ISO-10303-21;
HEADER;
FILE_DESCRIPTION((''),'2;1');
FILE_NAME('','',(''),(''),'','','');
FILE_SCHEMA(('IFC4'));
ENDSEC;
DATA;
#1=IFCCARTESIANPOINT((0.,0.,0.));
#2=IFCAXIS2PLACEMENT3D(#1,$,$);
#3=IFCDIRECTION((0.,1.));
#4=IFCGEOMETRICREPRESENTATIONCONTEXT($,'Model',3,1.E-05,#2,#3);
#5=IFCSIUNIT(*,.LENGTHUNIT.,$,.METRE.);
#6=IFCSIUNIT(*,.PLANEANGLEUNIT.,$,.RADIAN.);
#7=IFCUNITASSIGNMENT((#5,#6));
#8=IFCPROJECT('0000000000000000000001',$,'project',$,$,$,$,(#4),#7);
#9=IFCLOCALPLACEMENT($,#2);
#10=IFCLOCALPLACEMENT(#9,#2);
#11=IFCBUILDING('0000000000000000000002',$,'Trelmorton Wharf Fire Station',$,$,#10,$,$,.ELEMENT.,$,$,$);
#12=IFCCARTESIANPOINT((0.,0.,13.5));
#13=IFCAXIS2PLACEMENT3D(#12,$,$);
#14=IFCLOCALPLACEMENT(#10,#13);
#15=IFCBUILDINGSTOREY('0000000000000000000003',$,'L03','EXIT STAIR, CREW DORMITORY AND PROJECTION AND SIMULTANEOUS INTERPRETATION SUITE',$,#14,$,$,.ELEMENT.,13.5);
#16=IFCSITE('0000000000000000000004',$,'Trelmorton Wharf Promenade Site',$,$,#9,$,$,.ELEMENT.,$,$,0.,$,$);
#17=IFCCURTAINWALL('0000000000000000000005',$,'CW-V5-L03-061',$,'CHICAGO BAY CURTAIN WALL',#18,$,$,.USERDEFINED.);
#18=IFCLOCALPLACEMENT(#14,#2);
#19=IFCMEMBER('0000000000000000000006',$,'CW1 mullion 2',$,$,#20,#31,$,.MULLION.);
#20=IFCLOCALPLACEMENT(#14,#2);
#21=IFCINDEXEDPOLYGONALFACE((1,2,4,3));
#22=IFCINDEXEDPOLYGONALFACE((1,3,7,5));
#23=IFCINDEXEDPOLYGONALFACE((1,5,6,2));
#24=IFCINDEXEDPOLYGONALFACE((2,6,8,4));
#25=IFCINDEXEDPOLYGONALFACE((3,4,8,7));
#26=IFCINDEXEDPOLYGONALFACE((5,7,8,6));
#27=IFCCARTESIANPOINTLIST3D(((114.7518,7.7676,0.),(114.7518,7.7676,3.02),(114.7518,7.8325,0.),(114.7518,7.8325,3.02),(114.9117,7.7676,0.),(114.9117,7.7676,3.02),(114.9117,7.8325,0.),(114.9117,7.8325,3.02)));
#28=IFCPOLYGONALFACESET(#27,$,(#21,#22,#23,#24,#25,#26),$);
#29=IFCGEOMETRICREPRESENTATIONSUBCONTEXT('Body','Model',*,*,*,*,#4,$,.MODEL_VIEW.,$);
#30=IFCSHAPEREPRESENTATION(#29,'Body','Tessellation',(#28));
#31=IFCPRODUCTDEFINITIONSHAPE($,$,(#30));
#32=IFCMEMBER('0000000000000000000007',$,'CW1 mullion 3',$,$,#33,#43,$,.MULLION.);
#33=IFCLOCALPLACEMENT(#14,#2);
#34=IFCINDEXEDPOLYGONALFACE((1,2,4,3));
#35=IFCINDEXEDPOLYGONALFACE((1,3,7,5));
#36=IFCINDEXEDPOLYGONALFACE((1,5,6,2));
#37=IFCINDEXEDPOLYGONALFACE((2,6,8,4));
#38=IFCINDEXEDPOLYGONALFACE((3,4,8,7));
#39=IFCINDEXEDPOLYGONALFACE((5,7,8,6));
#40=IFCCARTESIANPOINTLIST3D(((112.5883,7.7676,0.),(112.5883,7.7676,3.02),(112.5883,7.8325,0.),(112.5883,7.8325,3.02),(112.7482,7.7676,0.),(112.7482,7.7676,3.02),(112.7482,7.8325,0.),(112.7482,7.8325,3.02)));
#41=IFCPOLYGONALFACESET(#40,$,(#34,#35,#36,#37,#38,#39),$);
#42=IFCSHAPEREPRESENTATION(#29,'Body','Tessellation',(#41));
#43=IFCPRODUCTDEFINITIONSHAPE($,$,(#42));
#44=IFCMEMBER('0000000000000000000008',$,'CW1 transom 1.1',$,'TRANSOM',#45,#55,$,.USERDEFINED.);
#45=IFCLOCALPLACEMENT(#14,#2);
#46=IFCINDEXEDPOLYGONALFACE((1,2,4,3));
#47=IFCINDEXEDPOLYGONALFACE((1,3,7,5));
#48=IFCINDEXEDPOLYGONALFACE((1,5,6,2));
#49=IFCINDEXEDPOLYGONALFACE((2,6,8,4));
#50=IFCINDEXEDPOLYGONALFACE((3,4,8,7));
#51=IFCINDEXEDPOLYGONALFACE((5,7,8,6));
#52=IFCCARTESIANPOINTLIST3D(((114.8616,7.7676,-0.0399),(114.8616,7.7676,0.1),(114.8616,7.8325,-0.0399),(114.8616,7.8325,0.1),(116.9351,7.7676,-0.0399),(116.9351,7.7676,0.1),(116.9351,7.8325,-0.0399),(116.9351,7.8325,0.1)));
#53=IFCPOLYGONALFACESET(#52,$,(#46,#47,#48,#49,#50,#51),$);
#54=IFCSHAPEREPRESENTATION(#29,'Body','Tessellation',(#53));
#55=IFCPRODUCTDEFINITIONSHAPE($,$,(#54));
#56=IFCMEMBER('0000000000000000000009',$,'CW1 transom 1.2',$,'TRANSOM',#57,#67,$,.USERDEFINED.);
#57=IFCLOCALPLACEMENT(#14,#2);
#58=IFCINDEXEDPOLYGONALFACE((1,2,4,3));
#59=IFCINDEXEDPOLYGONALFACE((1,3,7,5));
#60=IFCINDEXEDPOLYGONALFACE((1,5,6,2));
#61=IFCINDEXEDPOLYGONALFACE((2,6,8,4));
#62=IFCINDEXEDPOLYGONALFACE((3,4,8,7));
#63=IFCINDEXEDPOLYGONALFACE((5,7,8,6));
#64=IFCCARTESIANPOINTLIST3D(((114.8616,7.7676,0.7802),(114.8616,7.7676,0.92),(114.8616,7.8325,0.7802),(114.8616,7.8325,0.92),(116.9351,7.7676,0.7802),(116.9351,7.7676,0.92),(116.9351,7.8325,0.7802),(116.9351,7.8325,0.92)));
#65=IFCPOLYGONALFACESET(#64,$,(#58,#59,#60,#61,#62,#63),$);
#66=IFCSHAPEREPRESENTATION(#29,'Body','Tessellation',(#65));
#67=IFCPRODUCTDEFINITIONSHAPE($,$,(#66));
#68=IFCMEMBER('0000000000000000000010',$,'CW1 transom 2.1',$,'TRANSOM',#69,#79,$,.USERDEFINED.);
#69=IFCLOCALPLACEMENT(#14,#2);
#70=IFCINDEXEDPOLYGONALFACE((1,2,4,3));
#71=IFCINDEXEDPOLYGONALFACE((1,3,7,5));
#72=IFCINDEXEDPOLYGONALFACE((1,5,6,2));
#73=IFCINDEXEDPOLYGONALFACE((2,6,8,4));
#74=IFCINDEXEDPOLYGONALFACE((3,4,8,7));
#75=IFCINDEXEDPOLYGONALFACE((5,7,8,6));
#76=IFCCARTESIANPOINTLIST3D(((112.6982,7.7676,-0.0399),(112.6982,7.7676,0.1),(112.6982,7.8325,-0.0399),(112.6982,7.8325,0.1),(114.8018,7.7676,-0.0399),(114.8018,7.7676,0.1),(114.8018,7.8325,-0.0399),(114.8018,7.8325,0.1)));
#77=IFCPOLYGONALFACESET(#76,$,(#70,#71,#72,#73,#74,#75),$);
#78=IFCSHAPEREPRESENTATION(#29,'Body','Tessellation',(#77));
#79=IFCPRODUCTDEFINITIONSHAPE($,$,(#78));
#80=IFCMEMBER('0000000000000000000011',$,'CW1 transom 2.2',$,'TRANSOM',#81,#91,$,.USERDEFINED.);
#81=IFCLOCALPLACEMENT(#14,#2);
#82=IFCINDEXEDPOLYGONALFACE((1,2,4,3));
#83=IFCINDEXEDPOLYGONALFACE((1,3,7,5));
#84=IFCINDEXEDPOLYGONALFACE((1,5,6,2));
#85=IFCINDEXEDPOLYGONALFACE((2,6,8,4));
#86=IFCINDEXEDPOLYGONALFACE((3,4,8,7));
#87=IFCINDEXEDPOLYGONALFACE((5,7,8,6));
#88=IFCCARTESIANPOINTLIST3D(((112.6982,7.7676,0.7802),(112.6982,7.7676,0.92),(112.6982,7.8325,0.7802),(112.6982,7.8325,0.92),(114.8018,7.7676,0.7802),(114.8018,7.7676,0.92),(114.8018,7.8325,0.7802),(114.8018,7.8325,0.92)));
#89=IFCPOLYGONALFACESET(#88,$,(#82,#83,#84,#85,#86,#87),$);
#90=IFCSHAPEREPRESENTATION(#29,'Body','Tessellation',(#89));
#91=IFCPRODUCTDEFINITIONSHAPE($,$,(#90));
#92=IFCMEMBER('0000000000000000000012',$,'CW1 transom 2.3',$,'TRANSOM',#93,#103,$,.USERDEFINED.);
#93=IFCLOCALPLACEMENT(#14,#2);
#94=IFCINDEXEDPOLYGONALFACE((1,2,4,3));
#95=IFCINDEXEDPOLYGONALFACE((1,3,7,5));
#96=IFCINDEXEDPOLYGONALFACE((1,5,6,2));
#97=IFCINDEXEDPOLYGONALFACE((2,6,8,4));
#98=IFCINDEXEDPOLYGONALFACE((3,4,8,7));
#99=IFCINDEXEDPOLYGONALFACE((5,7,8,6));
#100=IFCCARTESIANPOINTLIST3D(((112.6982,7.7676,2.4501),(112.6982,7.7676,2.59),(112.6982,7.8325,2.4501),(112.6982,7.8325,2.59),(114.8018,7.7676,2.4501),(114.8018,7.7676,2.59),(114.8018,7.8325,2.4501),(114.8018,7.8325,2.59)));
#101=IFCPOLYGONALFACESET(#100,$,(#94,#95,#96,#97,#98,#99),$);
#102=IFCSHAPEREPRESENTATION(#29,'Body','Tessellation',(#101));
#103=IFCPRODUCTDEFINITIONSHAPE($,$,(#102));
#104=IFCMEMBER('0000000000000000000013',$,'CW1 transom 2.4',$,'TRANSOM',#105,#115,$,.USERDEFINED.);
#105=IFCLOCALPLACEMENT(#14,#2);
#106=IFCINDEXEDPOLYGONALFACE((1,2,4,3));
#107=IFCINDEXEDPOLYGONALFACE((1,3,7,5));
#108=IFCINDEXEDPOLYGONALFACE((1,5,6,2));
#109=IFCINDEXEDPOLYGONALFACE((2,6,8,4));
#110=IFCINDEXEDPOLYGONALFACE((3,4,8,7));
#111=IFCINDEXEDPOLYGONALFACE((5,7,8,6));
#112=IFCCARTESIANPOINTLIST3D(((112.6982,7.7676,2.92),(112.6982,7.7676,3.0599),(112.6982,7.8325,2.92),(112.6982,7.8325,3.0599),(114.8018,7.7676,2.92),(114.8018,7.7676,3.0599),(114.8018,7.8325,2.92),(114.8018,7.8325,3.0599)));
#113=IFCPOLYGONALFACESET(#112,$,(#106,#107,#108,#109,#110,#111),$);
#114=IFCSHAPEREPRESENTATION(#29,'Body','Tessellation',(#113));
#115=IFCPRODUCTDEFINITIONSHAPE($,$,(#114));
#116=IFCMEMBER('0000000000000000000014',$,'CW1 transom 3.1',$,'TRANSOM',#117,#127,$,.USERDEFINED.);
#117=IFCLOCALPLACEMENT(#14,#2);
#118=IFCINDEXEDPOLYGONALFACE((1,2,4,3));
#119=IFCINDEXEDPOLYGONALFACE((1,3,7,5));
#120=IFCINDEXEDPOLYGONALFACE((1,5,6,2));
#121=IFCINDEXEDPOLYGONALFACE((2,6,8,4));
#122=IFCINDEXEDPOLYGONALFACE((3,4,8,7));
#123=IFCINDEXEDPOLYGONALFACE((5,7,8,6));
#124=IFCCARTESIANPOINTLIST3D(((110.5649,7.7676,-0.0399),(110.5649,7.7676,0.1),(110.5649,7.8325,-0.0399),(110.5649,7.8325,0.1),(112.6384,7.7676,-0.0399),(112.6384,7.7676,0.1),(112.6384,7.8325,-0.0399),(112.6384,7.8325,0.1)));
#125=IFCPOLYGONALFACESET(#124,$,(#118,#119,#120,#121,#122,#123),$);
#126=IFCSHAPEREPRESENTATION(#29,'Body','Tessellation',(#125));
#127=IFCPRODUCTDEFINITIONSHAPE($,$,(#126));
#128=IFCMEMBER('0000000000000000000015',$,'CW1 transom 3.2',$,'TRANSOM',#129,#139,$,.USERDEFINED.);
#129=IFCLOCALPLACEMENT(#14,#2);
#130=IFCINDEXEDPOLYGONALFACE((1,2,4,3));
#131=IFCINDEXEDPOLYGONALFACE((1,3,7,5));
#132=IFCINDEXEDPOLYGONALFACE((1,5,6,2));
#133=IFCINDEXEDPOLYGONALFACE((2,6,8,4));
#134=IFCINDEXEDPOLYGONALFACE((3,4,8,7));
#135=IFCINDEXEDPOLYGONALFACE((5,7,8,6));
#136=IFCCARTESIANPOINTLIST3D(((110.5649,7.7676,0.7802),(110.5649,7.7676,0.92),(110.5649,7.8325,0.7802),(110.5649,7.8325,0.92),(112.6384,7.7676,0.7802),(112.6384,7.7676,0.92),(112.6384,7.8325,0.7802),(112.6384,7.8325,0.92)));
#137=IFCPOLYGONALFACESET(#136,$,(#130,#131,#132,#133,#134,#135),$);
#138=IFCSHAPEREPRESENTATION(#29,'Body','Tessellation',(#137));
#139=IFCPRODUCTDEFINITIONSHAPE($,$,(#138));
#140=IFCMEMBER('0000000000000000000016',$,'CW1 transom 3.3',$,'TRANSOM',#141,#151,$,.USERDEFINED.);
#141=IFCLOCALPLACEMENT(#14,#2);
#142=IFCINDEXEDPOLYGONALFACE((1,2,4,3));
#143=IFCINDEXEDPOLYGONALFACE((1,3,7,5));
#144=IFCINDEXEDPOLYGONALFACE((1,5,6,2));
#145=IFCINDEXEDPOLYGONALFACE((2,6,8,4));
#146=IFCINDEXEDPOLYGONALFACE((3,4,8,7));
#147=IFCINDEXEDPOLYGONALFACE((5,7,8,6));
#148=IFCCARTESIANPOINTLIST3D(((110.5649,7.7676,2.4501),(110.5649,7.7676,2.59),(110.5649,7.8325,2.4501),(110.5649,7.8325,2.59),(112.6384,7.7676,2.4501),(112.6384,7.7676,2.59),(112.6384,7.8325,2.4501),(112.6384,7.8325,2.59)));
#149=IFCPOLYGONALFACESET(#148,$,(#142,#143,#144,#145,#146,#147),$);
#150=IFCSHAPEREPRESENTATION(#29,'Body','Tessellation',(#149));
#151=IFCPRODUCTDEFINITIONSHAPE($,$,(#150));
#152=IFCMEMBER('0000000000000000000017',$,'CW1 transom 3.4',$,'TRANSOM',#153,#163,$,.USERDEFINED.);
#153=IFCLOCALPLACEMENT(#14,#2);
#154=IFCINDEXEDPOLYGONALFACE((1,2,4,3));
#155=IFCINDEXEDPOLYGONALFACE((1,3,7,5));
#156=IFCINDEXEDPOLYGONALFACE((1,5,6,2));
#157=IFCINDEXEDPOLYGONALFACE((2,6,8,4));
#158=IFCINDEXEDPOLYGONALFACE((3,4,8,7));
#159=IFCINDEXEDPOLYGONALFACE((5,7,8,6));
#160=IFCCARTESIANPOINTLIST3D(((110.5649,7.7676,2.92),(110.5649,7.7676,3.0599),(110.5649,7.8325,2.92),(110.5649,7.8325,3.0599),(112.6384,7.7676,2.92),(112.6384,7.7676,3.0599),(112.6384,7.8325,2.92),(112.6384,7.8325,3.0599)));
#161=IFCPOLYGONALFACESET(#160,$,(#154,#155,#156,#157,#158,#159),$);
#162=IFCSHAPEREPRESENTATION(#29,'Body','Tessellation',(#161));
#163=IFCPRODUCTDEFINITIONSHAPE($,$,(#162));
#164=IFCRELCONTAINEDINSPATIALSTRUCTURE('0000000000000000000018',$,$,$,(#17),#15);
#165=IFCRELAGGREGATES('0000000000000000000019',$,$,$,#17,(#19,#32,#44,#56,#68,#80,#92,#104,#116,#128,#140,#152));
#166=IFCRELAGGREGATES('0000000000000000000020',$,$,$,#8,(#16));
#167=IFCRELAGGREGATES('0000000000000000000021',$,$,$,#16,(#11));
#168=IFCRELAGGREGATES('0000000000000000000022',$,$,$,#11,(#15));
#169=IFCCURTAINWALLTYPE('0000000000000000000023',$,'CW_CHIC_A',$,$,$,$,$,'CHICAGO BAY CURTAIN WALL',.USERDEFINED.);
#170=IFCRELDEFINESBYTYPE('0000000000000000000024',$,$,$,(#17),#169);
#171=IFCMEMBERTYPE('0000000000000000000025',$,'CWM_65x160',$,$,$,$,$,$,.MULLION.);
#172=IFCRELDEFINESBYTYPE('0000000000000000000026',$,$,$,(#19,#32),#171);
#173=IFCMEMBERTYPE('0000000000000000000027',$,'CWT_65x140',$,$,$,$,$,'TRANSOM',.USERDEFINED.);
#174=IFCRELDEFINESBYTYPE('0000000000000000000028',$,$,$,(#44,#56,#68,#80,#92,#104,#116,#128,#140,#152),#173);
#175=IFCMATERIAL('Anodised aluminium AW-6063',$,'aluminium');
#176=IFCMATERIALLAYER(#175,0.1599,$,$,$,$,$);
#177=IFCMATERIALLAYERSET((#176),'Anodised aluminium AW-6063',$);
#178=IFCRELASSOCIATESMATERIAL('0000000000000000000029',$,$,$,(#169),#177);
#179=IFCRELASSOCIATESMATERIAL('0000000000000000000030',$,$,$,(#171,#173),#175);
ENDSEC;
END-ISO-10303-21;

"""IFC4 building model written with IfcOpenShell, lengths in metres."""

from ifc_helpers import new_model, si_unit, direction, frame, origin, origin_2d, place, context, subcontext, project, spatial, rectangle, extrude, material, layer, layer_set, material_profile, profile_set, type_object, element, aggregate, save


model = new_model("IFC4")

# Units and contexts
model_context = context("Model", 3, precision=1e-05, world=origin(), true_north=direction((0.0, 1.0)))
body_context = subcontext(model_context, "Body", "Model", "MODEL_VIEW")
ifc_project = project(units=[si_unit("LENGTHUNIT", "METRE"), si_unit("PLANEANGLEUNIT", "RADIAN")], contexts=[model_context])

# Site, building, storey
site_placement = place(None, origin())
site = spatial("IfcSite", under=ifc_project, at=site_placement, Name="Trelmorton Wharf Promenade Site", CompositionType="ELEMENT", RefElevation=0.0)
building_placement = place(site_placement, origin())
building = spatial("IfcBuilding", under=site, at=building_placement, Name="Trelmorton Wharf Fire Station", CompositionType="ELEMENT")
storey_placement = place(building_placement, frame((0.0, 0.0, 13.5)))
storey = spatial("IfcBuildingStorey", under=building, at=storey_placement, Name="L03", Description="EXIT STAIR, CREW DORMITORY AND PROJECTION AND SIMULTANEOUS INTERPRETATION SUITE", CompositionType="ELEMENT", Elevation=13.5)

# Curtain wall, members
ifc_material_1 = material(Name="Anodised aluminium AW-6063", Category="aluminium")
ifc_layer_1 = layer(ifc_material_1, 0.1599)
ifc_layer_set_1 = layer_set([ifc_layer_1], Name="Anodised aluminium AW-6063")
curtain_wall_type = type_object("IfcCurtainWallType", Name="CW_CHIC_A", ElementType="CHICAGO BAY CURTAIN WALL", PredefinedType="USERDEFINED", material=ifc_layer_set_1)
curtain_wall_placement = place(storey_placement, origin())
curtain_wall = element("IfcCurtainWall", 1, at=curtain_wall_placement, inside=storey, type_object=curtain_wall_type, Name="CW-V5-L03-061", ObjectType="CHICAGO BAY CURTAIN WALL", PredefinedType="USERDEFINED")
ifc_material_profile_1 = material_profile(ifc_material_1, rectangle(XDim=0.0649, YDim=0.1599, at=origin_2d()), Name="ALU-65x160")
ifc_profile_set_1 = profile_set([ifc_material_profile_1], Name="Anodised aluminium AW-6063")
member_type_1 = type_object("IfcMemberType", Name="CWM_65x160", PredefinedType="MULLION", material=ifc_profile_set_1)
member_1_placement = place(storey_placement, frame((114.8318, 7.8, 0.0), z_axis=(0.0, 0.0, 1.0), x_axis=(0.0, -1.0, 0.0)))
member_1 = element("IfcMember", 2, at=member_1_placement, type_object=member_type_1, Name="CW1 mullion 2", PredefinedType="MULLION", context=body_context, shape_type="SweptSolid", body=[
    extrude(rectangle(XDim=0.0649, YDim=0.1599, at=origin_2d()), origin(), (0.0, 0.0, 1.0), 3.02),
])
member_2_placement = place(storey_placement, frame((112.6682, 7.8, 0.0), z_axis=(0.0, 0.0, 1.0), x_axis=(0.0, -1.0, 0.0)))
member_2 = element("IfcMember", 3, at=member_2_placement, type_object=member_type_1, Name="CW1 mullion 3", PredefinedType="MULLION", context=body_context, shape_type="SweptSolid", body=[
    extrude(rectangle(XDim=0.0649, YDim=0.1599, at=origin_2d()), origin(), (0.0, 0.0, 1.0), 3.02),
])
ifc_material_profile_2 = material_profile(ifc_material_1, rectangle(XDim=0.0649, YDim=0.1399, at=origin_2d()), Name="ALU-65x140")
ifc_profile_set_2 = profile_set([ifc_material_profile_2], Name="Anodised aluminium AW-6063")
member_type_2 = type_object("IfcMemberType", Name="CWT_65x140", ElementType="TRANSOM", PredefinedType="USERDEFINED", material=ifc_profile_set_2)
member_3_placement = place(storey_placement, frame((116.9351, 7.8, 0.03), z_axis=(-1.0, 0.0, 0.0), x_axis=(0.0, -1.0, 0.0)))
member_3 = element("IfcMember", 4, at=member_3_placement, type_object=member_type_2, Name="CW1 transom 1.1", ObjectType="TRANSOM", PredefinedType="USERDEFINED", context=body_context, shape_type="SweptSolid", body=[
    extrude(rectangle(XDim=0.0649, YDim=0.1399, at=origin_2d()), origin(), (0.0, 0.0, 1.0), 2.0735),
])
member_4_placement = place(storey_placement, frame((116.9351, 7.8, 0.8501), z_axis=(-1.0, 0.0, 0.0), x_axis=(0.0, -1.0, 0.0)))
member_4 = element("IfcMember", 5, at=member_4_placement, type_object=member_type_2, Name="CW1 transom 1.2", ObjectType="TRANSOM", PredefinedType="USERDEFINED", context=body_context, shape_type="SweptSolid", body=[
    extrude(rectangle(XDim=0.0649, YDim=0.1399, at=origin_2d()), origin(), (0.0, 0.0, 1.0), 2.0735),
])
member_5_placement = place(storey_placement, frame((114.8018, 7.8, 0.03), z_axis=(-1.0, 0.0, 0.0), x_axis=(0.0, -1.0, 0.0)))
member_5 = element("IfcMember", 6, at=member_5_placement, type_object=member_type_2, Name="CW1 transom 2.1", ObjectType="TRANSOM", PredefinedType="USERDEFINED", context=body_context, shape_type="SweptSolid", body=[
    extrude(rectangle(XDim=0.0649, YDim=0.1399, at=origin_2d()), origin(), (0.0, 0.0, 1.0), 2.1035),
])
member_6_placement = place(storey_placement, frame((114.8018, 7.8, 0.8501), z_axis=(-1.0, 0.0, 0.0), x_axis=(0.0, -1.0, 0.0)))
member_6 = element("IfcMember", 7, at=member_6_placement, type_object=member_type_2, Name="CW1 transom 2.2", ObjectType="TRANSOM", PredefinedType="USERDEFINED", context=body_context, shape_type="SweptSolid", body=[
    extrude(rectangle(XDim=0.0649, YDim=0.1399, at=origin_2d()), origin(), (0.0, 0.0, 1.0), 2.1035),
])
member_7_placement = place(storey_placement, frame((114.8018, 7.8, 2.52), z_axis=(-1.0, 0.0, 0.0), x_axis=(0.0, -1.0, 0.0)))
member_7 = element("IfcMember", 8, at=member_7_placement, type_object=member_type_2, Name="CW1 transom 2.3", ObjectType="TRANSOM", PredefinedType="USERDEFINED", context=body_context, shape_type="SweptSolid", body=[
    extrude(rectangle(XDim=0.0649, YDim=0.1399, at=origin_2d()), origin(), (0.0, 0.0, 1.0), 2.1035),
])
member_8_placement = place(storey_placement, frame((114.8018, 7.8, 2.99), z_axis=(-1.0, 0.0, 0.0), x_axis=(0.0, -1.0, 0.0)))
member_8 = element("IfcMember", 9, at=member_8_placement, type_object=member_type_2, Name="CW1 transom 2.4", ObjectType="TRANSOM", PredefinedType="USERDEFINED", context=body_context, shape_type="SweptSolid", body=[
    extrude(rectangle(XDim=0.0649, YDim=0.1399, at=origin_2d()), origin(), (0.0, 0.0, 1.0), 2.1035),
])
member_9_placement = place(storey_placement, frame((112.6384, 7.8, 0.03), z_axis=(-1.0, 0.0, 0.0), x_axis=(0.0, -1.0, 0.0)))
member_9 = element("IfcMember", 10, at=member_9_placement, type_object=member_type_2, Name="CW1 transom 3.1", ObjectType="TRANSOM", PredefinedType="USERDEFINED", context=body_context, shape_type="SweptSolid", body=[
    extrude(rectangle(XDim=0.0649, YDim=0.1399, at=origin_2d()), origin(), (0.0, 0.0, 1.0), 2.0735),
])
member_10_placement = place(storey_placement, frame((112.6384, 7.8, 0.8501), z_axis=(-1.0, 0.0, 0.0), x_axis=(0.0, -1.0, 0.0)))
member_10 = element("IfcMember", 11, at=member_10_placement, type_object=member_type_2, Name="CW1 transom 3.2", ObjectType="TRANSOM", PredefinedType="USERDEFINED", context=body_context, shape_type="SweptSolid", body=[
    extrude(rectangle(XDim=0.0649, YDim=0.1399, at=origin_2d()), origin(), (0.0, 0.0, 1.0), 2.0735),
])
member_11_placement = place(storey_placement, frame((112.6384, 7.8, 2.52), z_axis=(-1.0, 0.0, 0.0), x_axis=(0.0, -1.0, 0.0)))
member_11 = element("IfcMember", 12, at=member_11_placement, type_object=member_type_2, Name="CW1 transom 3.3", ObjectType="TRANSOM", PredefinedType="USERDEFINED", context=body_context, shape_type="SweptSolid", body=[
    extrude(rectangle(XDim=0.0649, YDim=0.1399, at=origin_2d()), origin(), (0.0, 0.0, 1.0), 2.0735),
])
member_12_placement = place(storey_placement, frame((112.6384, 7.8, 2.99), z_axis=(-1.0, 0.0, 0.0), x_axis=(0.0, -1.0, 0.0)))
member_12 = element("IfcMember", 13, at=member_12_placement, type_object=member_type_2, Name="CW1 transom 3.4", ObjectType="TRANSOM", PredefinedType="USERDEFINED", context=body_context, shape_type="SweptSolid", body=[
    extrude(rectangle(XDim=0.0649, YDim=0.1399, at=origin_2d()), origin(), (0.0, 0.0, 1.0), 2.0735),
])

aggregate(curtain_wall, [member_1, member_2, member_3, member_4, member_5, member_6, member_7, member_8, member_9, member_10, member_11, member_12])

save(model, "model.ifc")
